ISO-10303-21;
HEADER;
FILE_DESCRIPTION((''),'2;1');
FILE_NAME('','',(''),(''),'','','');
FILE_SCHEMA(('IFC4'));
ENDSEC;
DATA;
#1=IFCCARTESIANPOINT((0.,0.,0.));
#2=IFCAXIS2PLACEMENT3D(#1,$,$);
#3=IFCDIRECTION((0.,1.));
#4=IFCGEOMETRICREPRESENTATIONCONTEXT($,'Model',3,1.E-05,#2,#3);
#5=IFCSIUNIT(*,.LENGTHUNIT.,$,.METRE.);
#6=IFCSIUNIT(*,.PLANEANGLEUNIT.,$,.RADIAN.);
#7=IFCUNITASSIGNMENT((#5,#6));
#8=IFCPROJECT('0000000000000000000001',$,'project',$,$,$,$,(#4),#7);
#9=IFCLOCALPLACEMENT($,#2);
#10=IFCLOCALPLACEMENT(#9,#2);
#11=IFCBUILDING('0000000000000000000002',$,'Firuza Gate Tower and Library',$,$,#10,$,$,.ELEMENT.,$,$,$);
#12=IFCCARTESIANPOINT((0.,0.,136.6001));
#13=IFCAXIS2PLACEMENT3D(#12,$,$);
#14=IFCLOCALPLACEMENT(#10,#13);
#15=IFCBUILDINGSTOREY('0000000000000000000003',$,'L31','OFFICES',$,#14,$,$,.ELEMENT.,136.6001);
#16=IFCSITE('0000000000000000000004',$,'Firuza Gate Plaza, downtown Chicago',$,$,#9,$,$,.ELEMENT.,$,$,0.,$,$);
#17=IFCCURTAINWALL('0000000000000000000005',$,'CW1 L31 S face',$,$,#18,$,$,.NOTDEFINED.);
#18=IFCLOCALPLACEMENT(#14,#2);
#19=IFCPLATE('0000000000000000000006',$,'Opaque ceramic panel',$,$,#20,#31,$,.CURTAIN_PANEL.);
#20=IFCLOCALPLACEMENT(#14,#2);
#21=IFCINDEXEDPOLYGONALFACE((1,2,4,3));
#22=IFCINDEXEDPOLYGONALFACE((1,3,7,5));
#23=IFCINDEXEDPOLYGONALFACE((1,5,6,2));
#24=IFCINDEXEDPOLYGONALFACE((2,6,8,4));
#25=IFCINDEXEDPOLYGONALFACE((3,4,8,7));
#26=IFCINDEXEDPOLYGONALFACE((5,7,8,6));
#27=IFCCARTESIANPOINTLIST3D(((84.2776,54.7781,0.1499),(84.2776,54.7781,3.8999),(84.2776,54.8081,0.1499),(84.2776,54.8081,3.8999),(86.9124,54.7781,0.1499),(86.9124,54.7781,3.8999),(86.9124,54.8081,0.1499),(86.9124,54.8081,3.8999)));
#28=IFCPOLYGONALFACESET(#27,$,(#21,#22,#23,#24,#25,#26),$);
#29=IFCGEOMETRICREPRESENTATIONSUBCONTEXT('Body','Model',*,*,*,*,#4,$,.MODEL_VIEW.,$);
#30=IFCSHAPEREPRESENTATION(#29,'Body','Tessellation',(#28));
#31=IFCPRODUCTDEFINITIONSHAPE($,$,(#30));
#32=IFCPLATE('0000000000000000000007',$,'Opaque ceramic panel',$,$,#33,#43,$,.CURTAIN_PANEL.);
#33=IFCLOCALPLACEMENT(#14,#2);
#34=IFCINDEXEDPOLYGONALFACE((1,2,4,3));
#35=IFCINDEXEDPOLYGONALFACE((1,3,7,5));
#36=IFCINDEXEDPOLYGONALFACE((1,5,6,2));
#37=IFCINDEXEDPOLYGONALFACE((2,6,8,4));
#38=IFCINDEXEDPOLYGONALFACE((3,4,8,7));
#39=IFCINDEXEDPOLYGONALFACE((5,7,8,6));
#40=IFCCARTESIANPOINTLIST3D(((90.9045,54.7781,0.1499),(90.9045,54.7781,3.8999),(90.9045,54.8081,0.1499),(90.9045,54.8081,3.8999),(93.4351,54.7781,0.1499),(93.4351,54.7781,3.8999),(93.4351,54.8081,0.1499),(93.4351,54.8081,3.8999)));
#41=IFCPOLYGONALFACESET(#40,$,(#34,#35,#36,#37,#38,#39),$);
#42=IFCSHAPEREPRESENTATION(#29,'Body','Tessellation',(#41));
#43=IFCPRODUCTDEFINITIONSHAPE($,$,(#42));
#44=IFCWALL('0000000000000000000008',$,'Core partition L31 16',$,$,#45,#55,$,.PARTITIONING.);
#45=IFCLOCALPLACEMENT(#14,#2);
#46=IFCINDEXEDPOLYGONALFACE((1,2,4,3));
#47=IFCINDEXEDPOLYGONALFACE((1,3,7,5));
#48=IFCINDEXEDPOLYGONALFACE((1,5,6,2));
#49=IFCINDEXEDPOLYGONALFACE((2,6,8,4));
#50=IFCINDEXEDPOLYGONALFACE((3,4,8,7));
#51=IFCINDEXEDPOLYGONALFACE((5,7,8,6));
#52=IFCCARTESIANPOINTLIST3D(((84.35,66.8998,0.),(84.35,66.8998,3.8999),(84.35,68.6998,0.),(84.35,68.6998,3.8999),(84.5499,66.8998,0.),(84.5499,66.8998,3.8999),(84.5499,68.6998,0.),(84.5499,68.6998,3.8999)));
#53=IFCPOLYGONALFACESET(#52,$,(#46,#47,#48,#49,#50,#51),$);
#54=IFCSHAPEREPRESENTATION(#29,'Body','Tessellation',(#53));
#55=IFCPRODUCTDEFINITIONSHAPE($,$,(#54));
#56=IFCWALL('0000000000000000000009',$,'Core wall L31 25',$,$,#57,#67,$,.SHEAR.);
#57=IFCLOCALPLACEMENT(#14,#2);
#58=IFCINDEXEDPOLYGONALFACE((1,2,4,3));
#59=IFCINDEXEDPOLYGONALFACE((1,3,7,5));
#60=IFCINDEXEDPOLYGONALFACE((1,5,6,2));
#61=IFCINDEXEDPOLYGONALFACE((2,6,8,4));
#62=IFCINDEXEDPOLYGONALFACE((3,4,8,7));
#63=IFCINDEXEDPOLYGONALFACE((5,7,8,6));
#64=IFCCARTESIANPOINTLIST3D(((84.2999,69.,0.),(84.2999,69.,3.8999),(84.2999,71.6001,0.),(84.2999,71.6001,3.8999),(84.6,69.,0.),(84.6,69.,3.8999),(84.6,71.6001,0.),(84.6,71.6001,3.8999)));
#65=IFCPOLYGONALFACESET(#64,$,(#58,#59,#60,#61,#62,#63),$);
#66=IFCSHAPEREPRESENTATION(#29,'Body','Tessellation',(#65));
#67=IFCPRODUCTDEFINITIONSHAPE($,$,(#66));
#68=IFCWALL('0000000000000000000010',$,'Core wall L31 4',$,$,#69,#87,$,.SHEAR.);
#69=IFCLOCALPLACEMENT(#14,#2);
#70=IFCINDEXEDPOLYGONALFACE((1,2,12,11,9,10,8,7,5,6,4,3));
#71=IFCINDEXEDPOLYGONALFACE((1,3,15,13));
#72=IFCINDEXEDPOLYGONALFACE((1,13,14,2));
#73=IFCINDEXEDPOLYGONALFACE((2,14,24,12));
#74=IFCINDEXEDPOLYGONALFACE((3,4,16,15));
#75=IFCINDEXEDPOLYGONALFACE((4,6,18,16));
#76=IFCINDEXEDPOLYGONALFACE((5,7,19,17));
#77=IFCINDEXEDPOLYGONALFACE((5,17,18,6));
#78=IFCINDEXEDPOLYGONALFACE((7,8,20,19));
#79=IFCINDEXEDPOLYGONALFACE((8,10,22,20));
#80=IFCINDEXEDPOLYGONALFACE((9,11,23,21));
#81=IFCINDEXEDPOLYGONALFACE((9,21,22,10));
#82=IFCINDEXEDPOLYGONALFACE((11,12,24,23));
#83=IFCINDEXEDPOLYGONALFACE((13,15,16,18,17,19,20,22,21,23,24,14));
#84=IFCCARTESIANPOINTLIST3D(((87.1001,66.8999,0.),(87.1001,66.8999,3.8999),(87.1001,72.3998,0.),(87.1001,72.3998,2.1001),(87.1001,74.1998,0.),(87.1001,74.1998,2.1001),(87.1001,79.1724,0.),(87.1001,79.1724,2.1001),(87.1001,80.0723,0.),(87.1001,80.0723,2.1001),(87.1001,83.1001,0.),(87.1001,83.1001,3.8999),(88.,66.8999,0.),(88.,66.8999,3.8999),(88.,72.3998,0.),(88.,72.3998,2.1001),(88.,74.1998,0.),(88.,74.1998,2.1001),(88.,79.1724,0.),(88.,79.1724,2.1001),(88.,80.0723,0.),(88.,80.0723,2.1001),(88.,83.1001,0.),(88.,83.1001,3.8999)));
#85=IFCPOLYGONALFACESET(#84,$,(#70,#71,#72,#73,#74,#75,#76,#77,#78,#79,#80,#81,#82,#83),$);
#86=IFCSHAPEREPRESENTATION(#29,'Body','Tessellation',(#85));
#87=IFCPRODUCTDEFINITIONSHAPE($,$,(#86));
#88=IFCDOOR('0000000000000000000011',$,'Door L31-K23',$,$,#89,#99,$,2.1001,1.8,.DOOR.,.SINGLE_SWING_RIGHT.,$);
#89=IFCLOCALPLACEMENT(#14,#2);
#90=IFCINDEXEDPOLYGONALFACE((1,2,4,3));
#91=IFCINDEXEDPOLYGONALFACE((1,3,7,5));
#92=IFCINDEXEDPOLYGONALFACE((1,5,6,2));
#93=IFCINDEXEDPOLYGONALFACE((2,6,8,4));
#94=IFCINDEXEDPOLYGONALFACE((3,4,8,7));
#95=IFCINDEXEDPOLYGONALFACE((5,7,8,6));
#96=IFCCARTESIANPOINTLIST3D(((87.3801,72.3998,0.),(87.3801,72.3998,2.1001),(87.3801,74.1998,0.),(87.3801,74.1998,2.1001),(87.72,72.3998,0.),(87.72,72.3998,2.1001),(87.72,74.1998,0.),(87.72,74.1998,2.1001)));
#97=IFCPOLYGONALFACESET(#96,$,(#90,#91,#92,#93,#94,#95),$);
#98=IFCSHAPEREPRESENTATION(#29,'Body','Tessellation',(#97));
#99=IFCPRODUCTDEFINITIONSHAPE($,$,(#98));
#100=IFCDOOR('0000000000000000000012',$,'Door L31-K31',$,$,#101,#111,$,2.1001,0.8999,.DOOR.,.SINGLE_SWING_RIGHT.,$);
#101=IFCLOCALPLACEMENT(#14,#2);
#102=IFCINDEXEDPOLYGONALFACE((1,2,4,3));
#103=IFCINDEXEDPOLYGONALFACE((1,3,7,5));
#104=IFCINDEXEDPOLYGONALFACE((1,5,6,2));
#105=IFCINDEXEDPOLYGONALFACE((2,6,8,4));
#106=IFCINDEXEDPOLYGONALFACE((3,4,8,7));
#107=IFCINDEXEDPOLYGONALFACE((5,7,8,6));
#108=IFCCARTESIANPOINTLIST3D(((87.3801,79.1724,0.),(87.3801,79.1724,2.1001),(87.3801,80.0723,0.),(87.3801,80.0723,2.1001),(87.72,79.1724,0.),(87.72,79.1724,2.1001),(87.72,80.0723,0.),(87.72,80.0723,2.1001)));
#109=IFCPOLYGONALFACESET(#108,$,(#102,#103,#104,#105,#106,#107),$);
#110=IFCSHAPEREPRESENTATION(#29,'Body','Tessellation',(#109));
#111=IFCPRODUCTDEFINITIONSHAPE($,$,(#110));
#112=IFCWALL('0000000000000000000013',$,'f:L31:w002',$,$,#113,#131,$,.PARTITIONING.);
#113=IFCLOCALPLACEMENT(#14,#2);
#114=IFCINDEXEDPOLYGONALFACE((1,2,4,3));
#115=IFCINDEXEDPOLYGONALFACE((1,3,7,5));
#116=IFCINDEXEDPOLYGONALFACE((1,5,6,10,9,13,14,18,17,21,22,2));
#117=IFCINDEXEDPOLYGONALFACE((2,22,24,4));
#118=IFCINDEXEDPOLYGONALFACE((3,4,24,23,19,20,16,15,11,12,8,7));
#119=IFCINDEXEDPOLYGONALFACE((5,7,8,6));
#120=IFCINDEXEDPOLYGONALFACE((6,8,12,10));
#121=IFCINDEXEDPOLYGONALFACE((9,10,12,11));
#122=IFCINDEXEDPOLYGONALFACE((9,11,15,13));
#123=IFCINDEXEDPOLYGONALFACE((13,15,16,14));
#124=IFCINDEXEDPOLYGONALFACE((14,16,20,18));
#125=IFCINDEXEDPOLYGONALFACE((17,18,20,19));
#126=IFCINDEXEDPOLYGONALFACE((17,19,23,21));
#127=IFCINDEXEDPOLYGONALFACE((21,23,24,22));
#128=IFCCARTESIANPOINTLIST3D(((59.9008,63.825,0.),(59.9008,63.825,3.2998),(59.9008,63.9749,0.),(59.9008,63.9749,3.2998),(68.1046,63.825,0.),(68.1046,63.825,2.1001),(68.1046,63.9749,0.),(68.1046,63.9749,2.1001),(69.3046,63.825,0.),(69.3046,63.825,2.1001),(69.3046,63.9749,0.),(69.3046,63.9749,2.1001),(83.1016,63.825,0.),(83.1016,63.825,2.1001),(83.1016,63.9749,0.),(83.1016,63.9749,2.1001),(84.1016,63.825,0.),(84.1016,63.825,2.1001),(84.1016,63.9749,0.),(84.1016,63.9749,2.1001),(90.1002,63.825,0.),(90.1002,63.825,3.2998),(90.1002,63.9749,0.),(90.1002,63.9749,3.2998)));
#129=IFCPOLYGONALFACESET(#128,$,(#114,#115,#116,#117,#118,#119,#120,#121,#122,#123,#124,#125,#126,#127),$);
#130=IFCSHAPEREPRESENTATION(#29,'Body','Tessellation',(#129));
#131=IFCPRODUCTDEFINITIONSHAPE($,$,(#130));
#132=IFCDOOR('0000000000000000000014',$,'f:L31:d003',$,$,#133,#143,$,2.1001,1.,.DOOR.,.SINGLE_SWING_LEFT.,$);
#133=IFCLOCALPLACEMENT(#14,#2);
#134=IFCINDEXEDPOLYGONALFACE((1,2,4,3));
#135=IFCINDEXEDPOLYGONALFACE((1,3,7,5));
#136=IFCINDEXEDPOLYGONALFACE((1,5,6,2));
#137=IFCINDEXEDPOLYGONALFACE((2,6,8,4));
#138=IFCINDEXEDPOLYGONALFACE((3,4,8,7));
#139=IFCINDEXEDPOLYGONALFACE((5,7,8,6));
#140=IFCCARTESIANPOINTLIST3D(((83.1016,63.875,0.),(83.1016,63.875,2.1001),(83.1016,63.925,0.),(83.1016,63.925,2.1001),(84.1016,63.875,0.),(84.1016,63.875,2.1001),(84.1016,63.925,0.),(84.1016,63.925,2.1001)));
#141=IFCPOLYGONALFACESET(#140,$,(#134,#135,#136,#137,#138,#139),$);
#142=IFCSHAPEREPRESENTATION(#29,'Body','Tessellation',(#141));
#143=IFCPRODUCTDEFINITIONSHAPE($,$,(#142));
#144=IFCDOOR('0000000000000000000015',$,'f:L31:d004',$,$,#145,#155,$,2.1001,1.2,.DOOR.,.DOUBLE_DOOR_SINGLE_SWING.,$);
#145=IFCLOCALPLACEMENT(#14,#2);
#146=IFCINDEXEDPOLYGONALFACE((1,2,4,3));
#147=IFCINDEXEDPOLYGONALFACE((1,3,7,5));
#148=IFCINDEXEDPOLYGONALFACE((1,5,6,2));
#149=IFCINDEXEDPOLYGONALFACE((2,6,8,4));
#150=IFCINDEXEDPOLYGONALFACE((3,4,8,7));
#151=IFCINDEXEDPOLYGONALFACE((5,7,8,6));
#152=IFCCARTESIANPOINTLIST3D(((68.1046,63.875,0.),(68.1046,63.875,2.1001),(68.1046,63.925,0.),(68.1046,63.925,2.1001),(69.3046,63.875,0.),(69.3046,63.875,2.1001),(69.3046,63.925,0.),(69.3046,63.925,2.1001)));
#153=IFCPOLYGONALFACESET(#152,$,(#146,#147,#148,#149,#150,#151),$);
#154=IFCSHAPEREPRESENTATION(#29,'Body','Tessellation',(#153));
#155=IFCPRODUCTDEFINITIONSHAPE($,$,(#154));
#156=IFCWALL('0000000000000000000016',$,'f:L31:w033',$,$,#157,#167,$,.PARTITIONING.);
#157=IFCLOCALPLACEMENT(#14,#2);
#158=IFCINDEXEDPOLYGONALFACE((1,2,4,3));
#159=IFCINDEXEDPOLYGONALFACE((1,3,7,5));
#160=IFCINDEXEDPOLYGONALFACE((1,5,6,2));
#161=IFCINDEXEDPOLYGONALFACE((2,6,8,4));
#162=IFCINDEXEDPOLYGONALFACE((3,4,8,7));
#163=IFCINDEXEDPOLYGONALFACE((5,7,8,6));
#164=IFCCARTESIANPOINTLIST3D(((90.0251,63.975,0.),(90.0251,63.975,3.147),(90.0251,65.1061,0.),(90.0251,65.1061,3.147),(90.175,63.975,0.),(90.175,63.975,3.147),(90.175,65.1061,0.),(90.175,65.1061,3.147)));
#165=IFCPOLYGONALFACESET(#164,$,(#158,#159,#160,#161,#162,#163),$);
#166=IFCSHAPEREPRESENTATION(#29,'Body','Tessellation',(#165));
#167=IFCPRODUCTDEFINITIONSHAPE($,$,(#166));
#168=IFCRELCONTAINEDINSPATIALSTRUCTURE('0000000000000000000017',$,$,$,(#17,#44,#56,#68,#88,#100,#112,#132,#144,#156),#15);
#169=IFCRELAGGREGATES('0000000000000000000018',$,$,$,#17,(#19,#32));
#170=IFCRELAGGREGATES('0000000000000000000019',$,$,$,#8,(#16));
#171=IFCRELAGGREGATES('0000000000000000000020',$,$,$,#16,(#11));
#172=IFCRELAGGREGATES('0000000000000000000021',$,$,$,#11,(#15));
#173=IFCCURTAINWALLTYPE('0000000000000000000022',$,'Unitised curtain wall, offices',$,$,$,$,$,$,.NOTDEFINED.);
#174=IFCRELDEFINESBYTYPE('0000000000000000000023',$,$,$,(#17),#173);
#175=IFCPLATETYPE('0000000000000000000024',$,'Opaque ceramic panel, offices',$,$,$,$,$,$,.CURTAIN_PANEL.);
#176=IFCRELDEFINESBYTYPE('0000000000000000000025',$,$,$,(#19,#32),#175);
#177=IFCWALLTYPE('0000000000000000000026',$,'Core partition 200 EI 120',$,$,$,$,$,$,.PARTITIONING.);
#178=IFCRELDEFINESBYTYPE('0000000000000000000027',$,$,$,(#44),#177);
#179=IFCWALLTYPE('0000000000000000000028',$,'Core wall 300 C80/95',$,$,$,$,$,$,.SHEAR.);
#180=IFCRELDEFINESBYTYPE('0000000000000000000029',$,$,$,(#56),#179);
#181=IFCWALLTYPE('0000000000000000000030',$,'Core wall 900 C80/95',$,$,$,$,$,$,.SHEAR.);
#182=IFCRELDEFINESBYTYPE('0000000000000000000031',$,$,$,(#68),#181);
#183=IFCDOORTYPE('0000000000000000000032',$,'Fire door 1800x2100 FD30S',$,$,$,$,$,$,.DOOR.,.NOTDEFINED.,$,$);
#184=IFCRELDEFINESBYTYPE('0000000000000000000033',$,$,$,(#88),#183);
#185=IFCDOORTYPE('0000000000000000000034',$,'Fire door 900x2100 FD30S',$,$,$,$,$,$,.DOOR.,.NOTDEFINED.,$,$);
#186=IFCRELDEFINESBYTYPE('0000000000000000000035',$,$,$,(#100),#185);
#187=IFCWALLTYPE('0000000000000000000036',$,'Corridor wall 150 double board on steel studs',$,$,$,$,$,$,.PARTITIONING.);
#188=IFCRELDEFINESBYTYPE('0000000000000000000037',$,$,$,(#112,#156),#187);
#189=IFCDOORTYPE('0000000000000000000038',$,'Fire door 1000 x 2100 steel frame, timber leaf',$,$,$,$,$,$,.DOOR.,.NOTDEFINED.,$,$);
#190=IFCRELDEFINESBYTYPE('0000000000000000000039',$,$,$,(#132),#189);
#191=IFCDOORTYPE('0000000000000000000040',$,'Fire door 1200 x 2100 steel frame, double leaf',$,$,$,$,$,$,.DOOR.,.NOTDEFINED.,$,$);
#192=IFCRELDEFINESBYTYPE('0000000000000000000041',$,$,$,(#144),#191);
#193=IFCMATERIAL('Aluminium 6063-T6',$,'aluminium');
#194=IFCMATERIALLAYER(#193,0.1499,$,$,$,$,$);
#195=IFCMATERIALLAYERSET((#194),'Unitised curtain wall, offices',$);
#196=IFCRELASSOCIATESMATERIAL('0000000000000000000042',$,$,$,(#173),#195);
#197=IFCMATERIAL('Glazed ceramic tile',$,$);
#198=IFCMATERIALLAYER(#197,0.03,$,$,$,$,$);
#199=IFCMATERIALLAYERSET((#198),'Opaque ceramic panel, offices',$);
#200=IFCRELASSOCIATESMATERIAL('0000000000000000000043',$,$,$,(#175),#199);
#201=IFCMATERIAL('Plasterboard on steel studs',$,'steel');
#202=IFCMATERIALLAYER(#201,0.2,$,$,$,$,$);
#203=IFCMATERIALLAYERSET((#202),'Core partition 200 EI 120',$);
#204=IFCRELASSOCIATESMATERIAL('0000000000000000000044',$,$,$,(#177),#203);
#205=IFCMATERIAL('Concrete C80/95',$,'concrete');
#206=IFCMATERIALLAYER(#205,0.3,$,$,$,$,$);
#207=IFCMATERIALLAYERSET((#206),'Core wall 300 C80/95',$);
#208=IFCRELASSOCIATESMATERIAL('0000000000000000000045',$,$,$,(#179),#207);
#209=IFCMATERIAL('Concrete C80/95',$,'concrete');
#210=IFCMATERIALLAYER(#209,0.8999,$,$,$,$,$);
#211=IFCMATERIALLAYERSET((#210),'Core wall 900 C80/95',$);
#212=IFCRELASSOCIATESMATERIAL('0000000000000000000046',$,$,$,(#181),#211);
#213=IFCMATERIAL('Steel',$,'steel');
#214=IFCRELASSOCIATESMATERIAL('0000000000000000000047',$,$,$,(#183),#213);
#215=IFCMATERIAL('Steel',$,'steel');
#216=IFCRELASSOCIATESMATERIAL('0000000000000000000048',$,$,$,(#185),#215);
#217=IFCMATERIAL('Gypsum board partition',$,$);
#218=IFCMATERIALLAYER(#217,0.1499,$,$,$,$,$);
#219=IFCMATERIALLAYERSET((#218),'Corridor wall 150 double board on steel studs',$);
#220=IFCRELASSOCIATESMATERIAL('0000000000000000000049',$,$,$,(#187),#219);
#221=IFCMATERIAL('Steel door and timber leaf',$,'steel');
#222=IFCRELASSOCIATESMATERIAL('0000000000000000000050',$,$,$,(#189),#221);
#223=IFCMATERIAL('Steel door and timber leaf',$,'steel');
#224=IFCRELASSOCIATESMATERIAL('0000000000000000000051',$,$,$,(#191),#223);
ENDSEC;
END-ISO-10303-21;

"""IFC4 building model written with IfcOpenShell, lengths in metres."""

from ifc_helpers import new_model, si_unit, direction, frame, frame_2d, origin, place, context, subcontext, project, spatial, polyline, rectangle, outline, extrude, material, layer, layer_set, type_object, element, fill, aggregate, save


model = new_model("IFC4")

# Units and contexts
model_context = context("Model", 3, precision=1e-05, world=origin(), true_north=direction((0.0, 1.0)))
body_context = subcontext(model_context, "Body", "Model", "MODEL_VIEW")
ifc_project = project(units=[si_unit("LENGTHUNIT", "METRE"), si_unit("PLANEANGLEUNIT", "RADIAN")], contexts=[model_context])

# Site, building, storey
site_placement = place(None, origin())
site = spatial("IfcSite", under=ifc_project, at=site_placement, Name="Firuza Gate Plaza, downtown Chicago", CompositionType="ELEMENT", RefElevation=0.0)
building_placement = place(site_placement, origin())
building = spatial("IfcBuilding", under=site, at=building_placement, Name="Firuza Gate Tower and Library", CompositionType="ELEMENT")
storey_placement = place(building_placement, frame((0.0, 0.0, 136.6001)))
storey = spatial("IfcBuildingStorey", under=building, at=storey_placement, Name="L31", Description="OFFICES", CompositionType="ELEMENT", Elevation=136.6001)

# Curtain wall
ifc_material_1 = material(Name="Aluminium 6063-T6", Category="aluminium")
ifc_layer_1 = layer(ifc_material_1, 0.1499)
ifc_layer_set_1 = layer_set([ifc_layer_1], Name="Unitised curtain wall, offices")
curtain_wall_type = type_object("IfcCurtainWallType", Name="Unitised curtain wall, offices", PredefinedType="NOTDEFINED", material=ifc_layer_set_1)
curtain_wall_placement = place(storey_placement, origin())
curtain_wall = element("IfcCurtainWall", 1, at=curtain_wall_placement, inside=storey, type_object=curtain_wall_type, Name="CW1 L31 S face", PredefinedType="NOTDEFINED")

# Plates
ifc_material_2 = material(Name="Glazed ceramic tile")
ifc_layer_2 = layer(ifc_material_2, 0.03)
ifc_layer_set_2 = layer_set([ifc_layer_2], Name="Opaque ceramic panel, offices")
plate_type_1 = type_object("IfcPlateType", Name="Opaque ceramic panel, offices", PredefinedType="CURTAIN_PANEL", material=ifc_layer_set_2)
plate_1_placement = place(storey_placement, frame((84.2776, 54.7781, 0.1499), z_axis=(0.0, -1.0, 0.0), x_axis=(1.0, 0.0, 0.0)))
plate_1 = element("IfcPlate", 2, at=plate_1_placement, type_object=plate_type_1, Name="Opaque ceramic panel", PredefinedType="CURTAIN_PANEL", context=body_context, shape_type="SweptSolid", body=[
    extrude(outline(polyline([(0.0, 0.0), (2.6348, 0.0), (2.6348, 3.75), (0.0, 3.75), (0.0, 0.0)])), origin(), (0.0, 0.0, -1.0), 0.03),
])
plate_2_placement = place(storey_placement, frame((90.9045, 54.7781, 0.1499), z_axis=(0.0, -1.0, 0.0), x_axis=(1.0, 0.0, 0.0)))
plate_2 = element("IfcPlate", 3, at=plate_2_placement, type_object=plate_type_1, Name="Opaque ceramic panel", PredefinedType="CURTAIN_PANEL", context=body_context, shape_type="SweptSolid", body=[
    extrude(outline(polyline([(0.0, 0.0), (2.5305, 0.0), (2.5305, 3.75), (0.0, 3.75), (0.0, 0.0)])), origin(), (0.0, 0.0, -1.0), 0.03),
])
aggregate(curtain_wall, [plate_1, plate_2])

# Walls
ifc_material_3 = material(Name="Plasterboard on steel studs", Category="steel")
ifc_layer_3 = layer(ifc_material_3, 0.2)
ifc_layer_set_3 = layer_set([ifc_layer_3], Name="Core partition 200 EI 120")
wall_type_1 = type_object("IfcWallType", Name="Core partition 200 EI 120", PredefinedType="PARTITIONING", material=ifc_layer_set_3)
wall_1_placement = place(storey_placement, frame((84.45, 66.8999, 0.0), z_axis=(0.0, 0.0, 1.0), x_axis=(0.0, 1.0, 0.0)))
element("IfcWall", 4, at=wall_1_placement, inside=storey, type_object=wall_type_1, Name="Core partition L31 16", PredefinedType="PARTITIONING", context=body_context, shape_type="SweptSolid", body=[
    extrude(rectangle(XDim=1.8, YDim=0.2, at=frame_2d((0.8999, 0.0))), origin(), (0.0, 0.0, 1.0), 3.8999),
])
ifc_material_4 = material(Name="Concrete C80/95", Category="concrete")
ifc_layer_4 = layer(ifc_material_4, 0.3)
ifc_layer_set_4 = layer_set([ifc_layer_4], Name="Core wall 300 C80/95")
wall_type_2 = type_object("IfcWallType", Name="Core wall 300 C80/95", PredefinedType="SHEAR", material=ifc_layer_set_4)
wall_2_placement = place(storey_placement, frame((84.45, 69.0, 0.0), z_axis=(0.0, 0.0, 1.0), x_axis=(0.0, 1.0, 0.0)))
element("IfcWall", 5, at=wall_2_placement, inside=storey, type_object=wall_type_2, Name="Core wall L31 25", PredefinedType="SHEAR", context=body_context, shape_type="SweptSolid", body=[
    extrude(rectangle(XDim=2.6001, YDim=0.3, at=frame_2d((1.3, 0.0))), origin(), (0.0, 0.0, 1.0), 3.8999),
])

# Walls, openings, doors
ifc_material_5 = material(Name="Concrete C80/95", Category="concrete")
ifc_layer_5 = layer(ifc_material_5, 0.8999)
ifc_layer_set_5 = layer_set([ifc_layer_5], Name="Core wall 900 C80/95")
wall_type_3 = type_object("IfcWallType", Name="Core wall 900 C80/95", PredefinedType="SHEAR", material=ifc_layer_set_5)
wall_3_placement = place(storey_placement, frame((87.55, 66.8999, 0.0), z_axis=(0.0, 0.0, 1.0), x_axis=(0.0, 1.0, 0.0)))
wall_3 = element("IfcWall", 6, at=wall_3_placement, inside=storey, type_object=wall_type_3, Name="Core wall L31 4", PredefinedType="SHEAR", context=body_context, shape_type="SweptSolid", body=[
    extrude(rectangle(XDim=16.2002, YDim=0.8999, at=frame_2d((8.1001, 0.0))), origin(), (0.0, 0.0, 1.0), 3.8999),
])
opening_1_placement = place(wall_3_placement, frame((5.5, 0.0, 0.0)))
opening_1 = element("IfcOpeningElement", 7, at=opening_1_placement, cuts=wall_3, PredefinedType="OPENING", context=body_context, shape_type="SweptSolid", body=[
    extrude(rectangle(XDim=1.8, YDim=2.1001, at=frame_2d((0.8999, 1.05))), frame((0.0, 0.46, 0.0), z_axis=(0.0, -1.0, 0.0), x_axis=(1.0, 0.0, 0.0)), (0.0, 0.0, 1.0), 0.9199),
])
opening_2_placement = place(wall_3_placement, frame((12.2725, 0.0, 0.0)))
opening_2 = element("IfcOpeningElement", 8, at=opening_2_placement, cuts=wall_3, PredefinedType="OPENING", context=body_context, shape_type="SweptSolid", body=[
    extrude(rectangle(XDim=0.8999, YDim=2.1001, at=frame_2d((0.45, 1.05))), frame((0.0, 0.46, 0.0), z_axis=(0.0, -1.0, 0.0), x_axis=(1.0, 0.0, 0.0)), (0.0, 0.0, 1.0), 0.9199),
])
ifc_material_6 = material(Name="Steel", Category="steel")
door_type_1 = type_object("IfcDoorType", Name="Fire door 1800x2100 FD30S", OperationType="NOTDEFINED", PredefinedType="DOOR", material=ifc_material_6)
door_1_placement = place(opening_1_placement, origin())
door_1 = element("IfcDoor", 9, at=door_1_placement, inside=storey, type_object=door_type_1, Name="Door L31-K23", OperationType="SINGLE_SWING_RIGHT", OverallHeight=2.1001, OverallWidth=1.8, PredefinedType="DOOR", context=body_context, shape_type="SweptSolid", body=[
    extrude(rectangle(XDim=1.8, YDim=2.1001, at=frame_2d((0.8999, 1.05))), frame((0.0, 0.1699, 0.0), z_axis=(0.0, -1.0, 0.0), x_axis=(1.0, 0.0, 0.0)), (0.0, 0.0, 1.0), 0.3398),
])
fill(opening_1, door_1)
ifc_material_7 = material(Name="Steel", Category="steel")
door_type_2 = type_object("IfcDoorType", Name="Fire door 900x2100 FD30S", OperationType="NOTDEFINED", PredefinedType="DOOR", material=ifc_material_7)
door_2_placement = place(opening_2_placement, origin())
door_2 = element("IfcDoor", 10, at=door_2_placement, inside=storey, type_object=door_type_2, Name="Door L31-K31", OperationType="SINGLE_SWING_RIGHT", OverallHeight=2.1001, OverallWidth=0.8999, PredefinedType="DOOR", context=body_context, shape_type="SweptSolid", body=[
    extrude(rectangle(XDim=0.8999, YDim=2.1001, at=frame_2d((0.45, 1.05))), frame((0.0, 0.1699, 0.0), z_axis=(0.0, -1.0, 0.0), x_axis=(1.0, 0.0, 0.0)), (0.0, 0.0, 1.0), 0.3398),
])
fill(opening_2, door_2)
ifc_material_8 = material(Name="Gypsum board partition")
ifc_layer_6 = layer(ifc_material_8, 0.1499)
ifc_layer_set_6 = layer_set([ifc_layer_6], Name="Corridor wall 150 double board on steel studs")
wall_type_4 = type_object("IfcWallType", Name="Corridor wall 150 double board on steel studs", PredefinedType="PARTITIONING", material=ifc_layer_set_6)
wall_4_placement = place(storey_placement, frame((90.1001, 63.8999, 0.0), z_axis=(0.0, 0.0, 1.0), x_axis=(-1.0, 0.0, 0.0)))
wall_4 = element("IfcWall", 11, at=wall_4_placement, inside=storey, type_object=wall_type_4, Name="f:L31:w002", PredefinedType="PARTITIONING", context=body_context, shape_type="SweptSolid", body=[
    extrude(rectangle(XDim=30.1995, YDim=0.1499, at=frame_2d((15.0996, 0.0))), origin(), (0.0, 0.0, 1.0), 3.2998),
])
opening_3_placement = place(wall_4_placement, frame((5.9985, 0.0, 0.0)))
opening_3 = element("IfcOpeningElement", 12, at=opening_3_placement, cuts=wall_4, PredefinedType="OPENING", context=body_context, shape_type="SweptSolid", body=[
    extrude(rectangle(XDim=1.0, YDim=2.1001, at=frame_2d((0.5, 1.05))), frame((0.0, 0.085, 0.0), z_axis=(0.0, -1.0, 0.0), x_axis=(1.0, 0.0, 0.0)), (0.0, 0.0, 1.0), 0.1699),
])
opening_4_placement = place(wall_4_placement, frame((20.7954, 0.0, 0.0)))
opening_4 = element("IfcOpeningElement", 13, at=opening_4_placement, cuts=wall_4, PredefinedType="OPENING", context=body_context, shape_type="SweptSolid", body=[
    extrude(rectangle(XDim=1.2, YDim=2.1001, at=frame_2d((0.6001, 1.05))), frame((0.0, 0.085, 0.0), z_axis=(0.0, -1.0, 0.0), x_axis=(1.0, 0.0, 0.0)), (0.0, 0.0, 1.0), 0.1699),
])
ifc_material_9 = material(Name="Steel door and timber leaf", Category="steel")
door_type_3 = type_object("IfcDoorType", Name="Fire door 1000 x 2100 steel frame, timber leaf", OperationType="NOTDEFINED", PredefinedType="DOOR", material=ifc_material_9)
door_3_placement = place(opening_3_placement, origin())
door_3 = element("IfcDoor", 14, at=door_3_placement, inside=storey, type_object=door_type_3, Name="f:L31:d003", OperationType="SINGLE_SWING_LEFT", OverallHeight=2.1001, OverallWidth=1.0, PredefinedType="DOOR", context=body_context, shape_type="SweptSolid", body=[
    extrude(rectangle(XDim=1.0, YDim=2.1001, at=frame_2d((0.5, 1.05))), frame((0.0, 0.0249, 0.0), z_axis=(0.0, -1.0, 0.0), x_axis=(1.0, 0.0, 0.0)), (0.0, 0.0, 1.0), 0.05),
])
fill(opening_3, door_3)
ifc_material_10 = material(Name="Steel door and timber leaf", Category="steel")
door_type_4 = type_object("IfcDoorType", Name="Fire door 1200 x 2100 steel frame, double leaf", OperationType="NOTDEFINED", PredefinedType="DOOR", material=ifc_material_10)
door_4_placement = place(opening_4_placement, origin())
door_4 = element("IfcDoor", 15, at=door_4_placement, inside=storey, type_object=door_type_4, Name="f:L31:d004", OperationType="DOUBLE_DOOR_SINGLE_SWING", OverallHeight=2.1001, OverallWidth=1.2, PredefinedType="DOOR", context=body_context, shape_type="SweptSolid", body=[
    extrude(rectangle(XDim=1.2, YDim=2.1001, at=frame_2d((0.6001, 1.05))), frame((0.0, 0.0249, 0.0), z_axis=(0.0, -1.0, 0.0), x_axis=(1.0, 0.0, 0.0)), (0.0, 0.0, 1.0), 0.05),
])
fill(opening_4, door_4)

# Wall
wall_5_placement = place(storey_placement, frame((90.1001, 63.9751, 0.0), z_axis=(0.0, 0.0, 1.0), x_axis=(0.0, 1.0, 0.0)))
element("IfcWall", 16, at=wall_5_placement, inside=storey, type_object=wall_type_4, Name="f:L31:w033", PredefinedType="PARTITIONING", context=body_context, shape_type="SweptSolid", body=[
    extrude(rectangle(XDim=1.1311, YDim=0.1499, at=frame_2d((0.5654, 0.0))), origin(), (0.0, 0.0, 1.0), 3.147),
])

save(model, "model.ifc")
